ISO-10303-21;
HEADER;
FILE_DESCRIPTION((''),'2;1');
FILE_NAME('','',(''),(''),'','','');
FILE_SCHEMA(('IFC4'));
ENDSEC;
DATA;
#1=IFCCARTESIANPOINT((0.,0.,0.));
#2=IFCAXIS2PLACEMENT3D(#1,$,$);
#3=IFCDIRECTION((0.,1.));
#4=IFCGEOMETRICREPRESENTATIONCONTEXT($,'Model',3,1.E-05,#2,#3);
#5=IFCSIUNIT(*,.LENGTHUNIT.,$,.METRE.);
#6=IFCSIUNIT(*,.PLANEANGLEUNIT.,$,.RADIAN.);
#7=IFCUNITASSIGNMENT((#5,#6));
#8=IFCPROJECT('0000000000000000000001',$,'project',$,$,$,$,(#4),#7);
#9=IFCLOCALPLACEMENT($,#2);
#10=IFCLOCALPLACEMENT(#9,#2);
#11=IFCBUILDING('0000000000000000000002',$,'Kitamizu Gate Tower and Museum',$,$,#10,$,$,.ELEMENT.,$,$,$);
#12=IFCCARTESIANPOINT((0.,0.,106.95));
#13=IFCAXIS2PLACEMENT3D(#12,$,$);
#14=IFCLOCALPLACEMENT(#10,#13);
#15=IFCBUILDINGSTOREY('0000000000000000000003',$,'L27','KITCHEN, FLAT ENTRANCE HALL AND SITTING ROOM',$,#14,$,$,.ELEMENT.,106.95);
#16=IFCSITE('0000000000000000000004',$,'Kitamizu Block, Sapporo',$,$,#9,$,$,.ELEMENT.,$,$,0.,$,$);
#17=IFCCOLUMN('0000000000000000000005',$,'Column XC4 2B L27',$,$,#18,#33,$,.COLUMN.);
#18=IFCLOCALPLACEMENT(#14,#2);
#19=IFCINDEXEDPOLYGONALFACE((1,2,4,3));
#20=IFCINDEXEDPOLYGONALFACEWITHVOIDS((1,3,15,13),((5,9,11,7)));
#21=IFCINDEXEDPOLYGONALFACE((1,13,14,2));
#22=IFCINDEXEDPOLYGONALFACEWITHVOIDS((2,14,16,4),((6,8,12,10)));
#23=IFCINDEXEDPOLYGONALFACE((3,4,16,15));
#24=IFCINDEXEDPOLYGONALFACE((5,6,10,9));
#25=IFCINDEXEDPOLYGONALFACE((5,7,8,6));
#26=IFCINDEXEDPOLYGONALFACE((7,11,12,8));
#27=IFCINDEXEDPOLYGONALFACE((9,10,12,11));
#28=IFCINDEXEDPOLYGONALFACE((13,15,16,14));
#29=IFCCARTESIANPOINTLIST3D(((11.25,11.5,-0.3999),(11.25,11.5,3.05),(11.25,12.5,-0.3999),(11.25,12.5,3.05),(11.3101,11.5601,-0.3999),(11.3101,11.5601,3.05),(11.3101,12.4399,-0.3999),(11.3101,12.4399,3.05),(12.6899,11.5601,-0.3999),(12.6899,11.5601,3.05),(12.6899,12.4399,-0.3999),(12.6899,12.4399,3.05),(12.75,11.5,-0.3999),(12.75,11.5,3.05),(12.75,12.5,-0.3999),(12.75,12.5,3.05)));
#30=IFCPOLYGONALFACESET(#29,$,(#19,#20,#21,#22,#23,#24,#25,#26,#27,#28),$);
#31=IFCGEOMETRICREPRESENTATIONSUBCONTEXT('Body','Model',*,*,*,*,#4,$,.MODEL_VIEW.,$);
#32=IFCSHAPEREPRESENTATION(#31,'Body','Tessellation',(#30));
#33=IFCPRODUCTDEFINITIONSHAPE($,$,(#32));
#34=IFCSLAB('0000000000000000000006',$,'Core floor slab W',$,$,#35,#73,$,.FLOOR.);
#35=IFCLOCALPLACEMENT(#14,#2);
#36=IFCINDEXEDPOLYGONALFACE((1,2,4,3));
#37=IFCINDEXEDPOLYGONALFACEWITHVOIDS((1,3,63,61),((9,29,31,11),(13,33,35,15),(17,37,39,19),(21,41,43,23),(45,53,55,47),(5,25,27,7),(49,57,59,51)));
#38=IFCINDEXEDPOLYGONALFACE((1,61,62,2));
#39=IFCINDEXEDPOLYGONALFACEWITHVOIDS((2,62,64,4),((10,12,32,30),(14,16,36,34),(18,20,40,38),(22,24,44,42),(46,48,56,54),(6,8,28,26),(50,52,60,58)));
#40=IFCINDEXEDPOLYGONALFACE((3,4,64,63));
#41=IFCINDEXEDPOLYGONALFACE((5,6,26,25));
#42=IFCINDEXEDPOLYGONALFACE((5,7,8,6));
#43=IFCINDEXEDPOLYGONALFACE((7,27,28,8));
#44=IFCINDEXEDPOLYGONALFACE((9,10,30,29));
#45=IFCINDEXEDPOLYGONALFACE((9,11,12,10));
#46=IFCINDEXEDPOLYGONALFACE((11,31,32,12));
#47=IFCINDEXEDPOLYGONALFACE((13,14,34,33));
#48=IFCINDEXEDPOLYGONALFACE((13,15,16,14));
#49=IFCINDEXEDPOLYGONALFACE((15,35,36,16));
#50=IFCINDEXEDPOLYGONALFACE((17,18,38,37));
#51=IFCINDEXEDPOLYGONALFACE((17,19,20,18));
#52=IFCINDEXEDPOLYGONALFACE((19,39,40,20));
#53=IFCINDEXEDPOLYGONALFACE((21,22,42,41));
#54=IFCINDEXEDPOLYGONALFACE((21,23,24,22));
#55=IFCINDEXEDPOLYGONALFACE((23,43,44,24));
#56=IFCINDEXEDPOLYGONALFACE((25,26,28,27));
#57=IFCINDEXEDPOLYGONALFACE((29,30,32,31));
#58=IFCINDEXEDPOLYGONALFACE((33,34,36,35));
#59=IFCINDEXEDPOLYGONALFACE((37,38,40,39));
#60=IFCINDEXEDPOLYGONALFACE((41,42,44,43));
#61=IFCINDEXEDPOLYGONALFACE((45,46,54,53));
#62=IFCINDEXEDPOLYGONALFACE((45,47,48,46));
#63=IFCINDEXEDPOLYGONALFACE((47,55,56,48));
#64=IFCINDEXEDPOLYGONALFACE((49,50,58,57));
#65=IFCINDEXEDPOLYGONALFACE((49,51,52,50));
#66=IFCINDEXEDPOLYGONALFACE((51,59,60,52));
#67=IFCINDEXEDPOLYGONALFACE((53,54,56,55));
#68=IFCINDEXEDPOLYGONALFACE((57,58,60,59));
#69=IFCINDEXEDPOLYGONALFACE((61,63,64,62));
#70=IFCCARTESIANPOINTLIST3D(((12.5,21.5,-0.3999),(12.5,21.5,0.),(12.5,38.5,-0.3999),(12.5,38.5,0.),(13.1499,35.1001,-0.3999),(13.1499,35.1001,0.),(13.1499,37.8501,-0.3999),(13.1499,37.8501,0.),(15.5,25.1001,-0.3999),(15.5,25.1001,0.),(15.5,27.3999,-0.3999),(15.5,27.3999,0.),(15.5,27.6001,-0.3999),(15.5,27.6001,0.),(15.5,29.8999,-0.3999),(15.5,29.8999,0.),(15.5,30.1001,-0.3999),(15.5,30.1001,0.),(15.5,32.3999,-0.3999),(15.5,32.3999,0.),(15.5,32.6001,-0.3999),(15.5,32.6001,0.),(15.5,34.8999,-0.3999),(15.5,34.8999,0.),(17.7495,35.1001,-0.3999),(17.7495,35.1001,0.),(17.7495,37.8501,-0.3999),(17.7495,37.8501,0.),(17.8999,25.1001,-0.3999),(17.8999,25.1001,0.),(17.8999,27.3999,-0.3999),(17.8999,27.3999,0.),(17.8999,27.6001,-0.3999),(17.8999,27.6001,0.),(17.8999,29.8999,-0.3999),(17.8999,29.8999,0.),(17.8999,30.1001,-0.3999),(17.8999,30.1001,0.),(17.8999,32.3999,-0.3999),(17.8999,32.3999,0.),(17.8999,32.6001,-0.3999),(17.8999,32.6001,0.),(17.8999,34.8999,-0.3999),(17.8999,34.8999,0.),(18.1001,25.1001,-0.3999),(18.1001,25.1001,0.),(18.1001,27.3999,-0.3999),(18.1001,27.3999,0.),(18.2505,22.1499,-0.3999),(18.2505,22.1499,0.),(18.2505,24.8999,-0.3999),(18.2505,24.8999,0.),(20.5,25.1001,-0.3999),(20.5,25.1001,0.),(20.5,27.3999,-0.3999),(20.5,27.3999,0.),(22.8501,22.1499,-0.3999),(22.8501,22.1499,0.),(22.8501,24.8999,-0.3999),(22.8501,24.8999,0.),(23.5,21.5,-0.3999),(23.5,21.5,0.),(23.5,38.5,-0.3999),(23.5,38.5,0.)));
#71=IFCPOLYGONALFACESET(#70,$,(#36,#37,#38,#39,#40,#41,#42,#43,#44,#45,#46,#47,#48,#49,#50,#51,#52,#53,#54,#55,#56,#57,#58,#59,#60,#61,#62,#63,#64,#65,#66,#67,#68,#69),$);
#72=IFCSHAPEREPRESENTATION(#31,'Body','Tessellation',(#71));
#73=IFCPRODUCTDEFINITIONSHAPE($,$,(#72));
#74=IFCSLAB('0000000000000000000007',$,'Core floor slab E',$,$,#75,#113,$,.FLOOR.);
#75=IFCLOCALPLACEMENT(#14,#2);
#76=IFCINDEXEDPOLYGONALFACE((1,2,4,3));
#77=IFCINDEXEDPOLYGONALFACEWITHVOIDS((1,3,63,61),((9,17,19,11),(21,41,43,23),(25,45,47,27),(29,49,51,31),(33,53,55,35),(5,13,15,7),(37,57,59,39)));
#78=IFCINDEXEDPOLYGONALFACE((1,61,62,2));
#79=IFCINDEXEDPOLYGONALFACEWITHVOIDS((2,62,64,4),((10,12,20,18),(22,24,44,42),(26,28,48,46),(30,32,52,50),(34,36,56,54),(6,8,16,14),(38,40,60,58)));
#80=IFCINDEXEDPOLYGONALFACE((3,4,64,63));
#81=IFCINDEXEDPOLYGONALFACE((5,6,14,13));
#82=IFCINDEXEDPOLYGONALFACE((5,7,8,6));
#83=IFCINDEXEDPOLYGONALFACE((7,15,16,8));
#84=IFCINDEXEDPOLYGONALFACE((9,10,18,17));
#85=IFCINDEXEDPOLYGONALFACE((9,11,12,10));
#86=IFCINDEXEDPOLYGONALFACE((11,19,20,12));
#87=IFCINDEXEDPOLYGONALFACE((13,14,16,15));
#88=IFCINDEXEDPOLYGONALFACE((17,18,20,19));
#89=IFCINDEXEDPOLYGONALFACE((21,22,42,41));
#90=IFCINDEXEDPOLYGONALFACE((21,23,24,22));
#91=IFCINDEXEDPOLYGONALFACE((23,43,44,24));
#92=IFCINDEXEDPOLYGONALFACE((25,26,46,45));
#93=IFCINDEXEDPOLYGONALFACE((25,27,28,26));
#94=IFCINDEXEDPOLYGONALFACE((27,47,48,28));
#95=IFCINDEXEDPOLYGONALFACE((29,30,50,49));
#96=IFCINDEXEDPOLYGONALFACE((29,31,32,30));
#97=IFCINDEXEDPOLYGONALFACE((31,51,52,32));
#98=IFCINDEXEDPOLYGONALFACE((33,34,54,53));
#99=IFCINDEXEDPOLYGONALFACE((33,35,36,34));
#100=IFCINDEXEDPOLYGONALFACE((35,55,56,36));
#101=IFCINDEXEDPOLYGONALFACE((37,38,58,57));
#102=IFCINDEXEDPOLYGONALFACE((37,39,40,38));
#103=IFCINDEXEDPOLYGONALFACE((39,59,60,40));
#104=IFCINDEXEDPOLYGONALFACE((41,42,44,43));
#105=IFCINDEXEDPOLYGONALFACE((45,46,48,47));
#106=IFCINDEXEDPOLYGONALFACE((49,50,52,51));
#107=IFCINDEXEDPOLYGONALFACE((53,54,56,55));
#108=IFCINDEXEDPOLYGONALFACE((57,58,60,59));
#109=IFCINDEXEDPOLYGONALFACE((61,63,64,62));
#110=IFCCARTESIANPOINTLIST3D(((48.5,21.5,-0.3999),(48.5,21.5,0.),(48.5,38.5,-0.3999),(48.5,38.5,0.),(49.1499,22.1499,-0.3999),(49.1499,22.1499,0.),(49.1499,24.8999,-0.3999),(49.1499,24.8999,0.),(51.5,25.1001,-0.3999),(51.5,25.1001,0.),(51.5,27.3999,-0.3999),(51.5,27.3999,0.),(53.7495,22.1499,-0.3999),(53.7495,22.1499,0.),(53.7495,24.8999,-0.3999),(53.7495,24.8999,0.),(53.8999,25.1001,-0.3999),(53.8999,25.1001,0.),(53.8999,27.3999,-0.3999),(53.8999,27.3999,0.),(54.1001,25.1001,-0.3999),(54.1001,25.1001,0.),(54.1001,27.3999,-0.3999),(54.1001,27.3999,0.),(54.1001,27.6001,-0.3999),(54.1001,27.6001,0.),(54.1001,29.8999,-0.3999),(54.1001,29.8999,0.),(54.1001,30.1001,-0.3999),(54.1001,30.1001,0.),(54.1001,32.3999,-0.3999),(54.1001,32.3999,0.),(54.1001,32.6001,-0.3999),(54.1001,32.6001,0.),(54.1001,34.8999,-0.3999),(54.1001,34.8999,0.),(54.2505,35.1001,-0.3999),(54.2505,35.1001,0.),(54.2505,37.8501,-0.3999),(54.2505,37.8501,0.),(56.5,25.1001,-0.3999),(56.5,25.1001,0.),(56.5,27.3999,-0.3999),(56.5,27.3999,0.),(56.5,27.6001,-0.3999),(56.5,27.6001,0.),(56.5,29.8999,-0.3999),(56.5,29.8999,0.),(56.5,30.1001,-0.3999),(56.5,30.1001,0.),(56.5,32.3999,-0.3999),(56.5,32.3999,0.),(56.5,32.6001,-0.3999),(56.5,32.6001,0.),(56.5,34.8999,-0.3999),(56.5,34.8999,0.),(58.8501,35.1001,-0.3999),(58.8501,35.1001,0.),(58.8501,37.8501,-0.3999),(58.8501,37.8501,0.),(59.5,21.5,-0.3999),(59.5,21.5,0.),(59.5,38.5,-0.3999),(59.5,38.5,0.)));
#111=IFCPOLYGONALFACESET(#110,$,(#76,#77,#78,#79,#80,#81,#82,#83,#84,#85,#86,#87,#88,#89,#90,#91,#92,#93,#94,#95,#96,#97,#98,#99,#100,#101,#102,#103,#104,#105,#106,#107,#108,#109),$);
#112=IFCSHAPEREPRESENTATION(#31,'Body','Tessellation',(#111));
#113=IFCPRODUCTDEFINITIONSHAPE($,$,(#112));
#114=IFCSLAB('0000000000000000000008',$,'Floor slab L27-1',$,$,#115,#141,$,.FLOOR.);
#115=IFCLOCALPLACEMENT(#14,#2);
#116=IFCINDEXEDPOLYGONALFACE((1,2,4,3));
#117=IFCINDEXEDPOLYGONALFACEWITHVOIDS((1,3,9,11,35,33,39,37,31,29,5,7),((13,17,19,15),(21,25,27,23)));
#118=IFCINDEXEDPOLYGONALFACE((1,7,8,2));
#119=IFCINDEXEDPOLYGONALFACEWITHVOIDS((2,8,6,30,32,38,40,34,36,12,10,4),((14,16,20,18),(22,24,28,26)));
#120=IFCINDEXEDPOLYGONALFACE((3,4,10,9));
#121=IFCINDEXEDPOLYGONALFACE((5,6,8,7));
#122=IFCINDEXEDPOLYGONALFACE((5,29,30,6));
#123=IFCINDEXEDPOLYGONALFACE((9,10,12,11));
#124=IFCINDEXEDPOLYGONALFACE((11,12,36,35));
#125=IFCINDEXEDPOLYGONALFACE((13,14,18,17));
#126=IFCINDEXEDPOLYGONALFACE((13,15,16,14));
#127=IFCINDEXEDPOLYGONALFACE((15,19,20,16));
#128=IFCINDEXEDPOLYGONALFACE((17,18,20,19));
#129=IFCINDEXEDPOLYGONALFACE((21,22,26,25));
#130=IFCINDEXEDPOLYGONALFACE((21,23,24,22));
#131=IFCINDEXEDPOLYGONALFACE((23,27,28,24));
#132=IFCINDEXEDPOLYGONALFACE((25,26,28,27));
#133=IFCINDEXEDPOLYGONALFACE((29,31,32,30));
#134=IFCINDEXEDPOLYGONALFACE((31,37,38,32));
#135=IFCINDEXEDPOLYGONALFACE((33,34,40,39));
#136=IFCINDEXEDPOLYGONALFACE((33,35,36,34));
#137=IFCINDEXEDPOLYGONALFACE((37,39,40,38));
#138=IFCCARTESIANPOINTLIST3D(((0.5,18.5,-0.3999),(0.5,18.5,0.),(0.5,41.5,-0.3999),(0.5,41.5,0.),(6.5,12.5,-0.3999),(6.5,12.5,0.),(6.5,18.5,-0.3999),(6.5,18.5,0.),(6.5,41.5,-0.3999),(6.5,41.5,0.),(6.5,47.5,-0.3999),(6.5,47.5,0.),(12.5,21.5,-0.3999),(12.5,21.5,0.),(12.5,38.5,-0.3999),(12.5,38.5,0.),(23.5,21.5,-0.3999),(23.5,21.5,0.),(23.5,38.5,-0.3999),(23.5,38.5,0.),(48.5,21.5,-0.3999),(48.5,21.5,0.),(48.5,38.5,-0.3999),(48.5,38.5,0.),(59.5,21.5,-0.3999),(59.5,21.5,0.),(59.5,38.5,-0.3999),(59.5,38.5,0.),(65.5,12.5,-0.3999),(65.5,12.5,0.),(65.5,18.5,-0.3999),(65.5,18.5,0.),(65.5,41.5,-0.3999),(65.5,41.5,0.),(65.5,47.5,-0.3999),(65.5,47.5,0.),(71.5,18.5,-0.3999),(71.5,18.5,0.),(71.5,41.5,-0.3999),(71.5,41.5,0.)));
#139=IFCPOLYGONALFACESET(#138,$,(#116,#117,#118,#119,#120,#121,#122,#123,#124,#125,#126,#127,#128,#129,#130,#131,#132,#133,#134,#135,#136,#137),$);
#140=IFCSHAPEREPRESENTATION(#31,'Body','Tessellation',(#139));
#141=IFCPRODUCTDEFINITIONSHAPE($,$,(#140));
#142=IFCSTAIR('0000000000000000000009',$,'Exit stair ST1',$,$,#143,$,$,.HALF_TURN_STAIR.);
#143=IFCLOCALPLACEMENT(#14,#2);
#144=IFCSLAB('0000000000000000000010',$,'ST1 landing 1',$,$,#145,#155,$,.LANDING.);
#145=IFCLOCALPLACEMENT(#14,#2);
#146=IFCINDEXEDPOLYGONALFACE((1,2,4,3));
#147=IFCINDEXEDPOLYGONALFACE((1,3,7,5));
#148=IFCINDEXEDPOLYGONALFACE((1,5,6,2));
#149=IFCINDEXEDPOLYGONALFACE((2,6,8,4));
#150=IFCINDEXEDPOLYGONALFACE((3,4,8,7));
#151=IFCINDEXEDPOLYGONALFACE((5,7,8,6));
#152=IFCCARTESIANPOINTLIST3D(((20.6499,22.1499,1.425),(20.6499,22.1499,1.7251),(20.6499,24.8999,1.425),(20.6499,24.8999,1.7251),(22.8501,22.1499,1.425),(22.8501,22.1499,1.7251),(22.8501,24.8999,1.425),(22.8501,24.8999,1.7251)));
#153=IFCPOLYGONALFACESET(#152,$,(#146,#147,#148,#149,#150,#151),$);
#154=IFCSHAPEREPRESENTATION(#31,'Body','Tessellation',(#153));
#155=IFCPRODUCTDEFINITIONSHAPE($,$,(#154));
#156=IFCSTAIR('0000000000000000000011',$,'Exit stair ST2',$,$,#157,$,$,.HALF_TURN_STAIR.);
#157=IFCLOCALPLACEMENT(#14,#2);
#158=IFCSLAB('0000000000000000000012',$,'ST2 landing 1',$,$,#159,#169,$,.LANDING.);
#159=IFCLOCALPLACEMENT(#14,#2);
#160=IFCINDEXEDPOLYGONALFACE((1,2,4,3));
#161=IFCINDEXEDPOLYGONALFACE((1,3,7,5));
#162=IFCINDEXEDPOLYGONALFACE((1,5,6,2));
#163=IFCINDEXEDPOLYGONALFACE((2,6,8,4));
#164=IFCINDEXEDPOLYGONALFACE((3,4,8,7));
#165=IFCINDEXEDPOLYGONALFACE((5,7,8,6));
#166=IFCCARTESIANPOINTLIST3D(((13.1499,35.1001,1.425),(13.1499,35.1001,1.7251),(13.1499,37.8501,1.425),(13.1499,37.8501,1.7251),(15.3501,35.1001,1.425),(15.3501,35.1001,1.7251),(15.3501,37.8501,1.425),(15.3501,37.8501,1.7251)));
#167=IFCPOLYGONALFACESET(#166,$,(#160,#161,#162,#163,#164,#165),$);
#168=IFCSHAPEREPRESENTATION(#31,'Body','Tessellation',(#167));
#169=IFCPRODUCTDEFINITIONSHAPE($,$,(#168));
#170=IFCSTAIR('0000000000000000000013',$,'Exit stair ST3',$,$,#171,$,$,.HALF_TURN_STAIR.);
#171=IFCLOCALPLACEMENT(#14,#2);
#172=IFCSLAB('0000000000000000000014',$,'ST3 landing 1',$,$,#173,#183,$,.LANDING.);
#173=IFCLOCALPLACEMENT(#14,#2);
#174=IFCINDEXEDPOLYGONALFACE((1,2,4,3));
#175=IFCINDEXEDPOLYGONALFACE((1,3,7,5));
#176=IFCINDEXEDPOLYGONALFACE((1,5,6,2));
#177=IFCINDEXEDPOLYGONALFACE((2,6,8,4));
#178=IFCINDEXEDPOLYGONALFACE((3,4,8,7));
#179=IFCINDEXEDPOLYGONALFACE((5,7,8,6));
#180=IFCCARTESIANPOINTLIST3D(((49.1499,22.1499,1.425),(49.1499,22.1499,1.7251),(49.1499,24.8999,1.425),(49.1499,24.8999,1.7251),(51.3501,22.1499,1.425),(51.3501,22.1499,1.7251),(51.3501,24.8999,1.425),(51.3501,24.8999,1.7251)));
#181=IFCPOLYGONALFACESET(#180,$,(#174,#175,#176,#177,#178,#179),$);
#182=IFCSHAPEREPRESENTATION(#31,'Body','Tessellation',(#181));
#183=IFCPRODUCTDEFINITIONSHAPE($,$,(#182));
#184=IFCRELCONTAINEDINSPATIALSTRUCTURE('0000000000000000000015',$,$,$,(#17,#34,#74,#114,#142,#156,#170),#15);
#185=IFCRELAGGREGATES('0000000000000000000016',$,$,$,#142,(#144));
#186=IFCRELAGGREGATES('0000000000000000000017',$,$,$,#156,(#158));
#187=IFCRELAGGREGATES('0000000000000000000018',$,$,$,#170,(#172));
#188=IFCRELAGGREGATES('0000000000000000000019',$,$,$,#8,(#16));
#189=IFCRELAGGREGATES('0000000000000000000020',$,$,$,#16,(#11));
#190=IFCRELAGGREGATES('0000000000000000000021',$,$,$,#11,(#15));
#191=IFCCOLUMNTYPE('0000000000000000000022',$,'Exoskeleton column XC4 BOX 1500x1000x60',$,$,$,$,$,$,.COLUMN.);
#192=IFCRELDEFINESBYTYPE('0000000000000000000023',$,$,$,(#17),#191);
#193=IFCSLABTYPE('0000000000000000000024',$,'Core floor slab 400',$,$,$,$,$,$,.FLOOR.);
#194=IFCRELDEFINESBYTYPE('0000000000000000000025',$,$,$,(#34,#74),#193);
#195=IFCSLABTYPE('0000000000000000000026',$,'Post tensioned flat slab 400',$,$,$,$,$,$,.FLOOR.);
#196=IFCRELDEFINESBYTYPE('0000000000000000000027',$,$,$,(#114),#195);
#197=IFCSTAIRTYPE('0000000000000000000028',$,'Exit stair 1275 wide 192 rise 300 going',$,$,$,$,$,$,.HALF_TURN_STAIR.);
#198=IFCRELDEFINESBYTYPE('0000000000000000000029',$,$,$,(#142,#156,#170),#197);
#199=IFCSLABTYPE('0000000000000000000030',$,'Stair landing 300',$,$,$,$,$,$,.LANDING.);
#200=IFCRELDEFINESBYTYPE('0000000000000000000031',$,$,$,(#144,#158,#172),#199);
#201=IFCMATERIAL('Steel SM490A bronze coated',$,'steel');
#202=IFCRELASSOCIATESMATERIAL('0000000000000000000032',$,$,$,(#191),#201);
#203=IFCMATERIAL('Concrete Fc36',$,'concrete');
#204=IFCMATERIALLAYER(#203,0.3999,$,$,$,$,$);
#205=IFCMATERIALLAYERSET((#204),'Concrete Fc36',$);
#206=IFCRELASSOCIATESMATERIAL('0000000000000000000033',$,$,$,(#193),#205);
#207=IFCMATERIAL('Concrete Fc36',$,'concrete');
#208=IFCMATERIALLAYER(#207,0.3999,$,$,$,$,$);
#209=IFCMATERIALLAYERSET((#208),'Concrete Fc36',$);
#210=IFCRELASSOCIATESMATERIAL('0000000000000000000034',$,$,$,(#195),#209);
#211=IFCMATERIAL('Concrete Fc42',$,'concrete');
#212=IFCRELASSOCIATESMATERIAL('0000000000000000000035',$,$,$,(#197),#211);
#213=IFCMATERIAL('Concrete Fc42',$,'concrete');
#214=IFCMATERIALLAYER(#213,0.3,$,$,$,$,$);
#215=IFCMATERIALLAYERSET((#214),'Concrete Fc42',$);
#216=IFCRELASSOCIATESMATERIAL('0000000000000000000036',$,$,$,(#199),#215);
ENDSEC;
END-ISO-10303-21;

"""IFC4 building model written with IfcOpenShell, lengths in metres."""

from ifc_helpers import new_model, si_unit, direction, frame, origin, origin_2d, place, context, subcontext, project, spatial, polyline, hollow_rectangle, outline, extrude, material, layer, layer_set, material_profile, profile_set, type_object, element, aggregate, save


model = new_model("IFC4")

# Units and contexts
model_context = context("Model", 3, precision=1e-05, world=origin(), true_north=direction((0.0, 1.0)))
body_context = subcontext(model_context, "Body", "Model", "MODEL_VIEW")
ifc_project = project(units=[si_unit("LENGTHUNIT", "METRE"), si_unit("PLANEANGLEUNIT", "RADIAN")], contexts=[model_context])

# Site, building, storey
site_placement = place(None, origin())
site = spatial("IfcSite", under=ifc_project, at=site_placement, Name="Kitamizu Block, Sapporo", CompositionType="ELEMENT", RefElevation=0.0)
building_placement = place(site_placement, origin())
building = spatial("IfcBuilding", under=site, at=building_placement, Name="Kitamizu Gate Tower and Museum", CompositionType="ELEMENT")
storey_placement = place(building_placement, frame((0.0, 0.0, 106.95)))
storey = spatial("IfcBuildingStorey", under=building, at=storey_placement, Name="L27", Description="KITCHEN, FLAT ENTRANCE HALL AND SITTING ROOM", CompositionType="ELEMENT", Elevation=106.95)

# Column
ifc_material_1 = material(Name="Steel SM490A bronze coated", Category="steel")
ifc_material_profile = material_profile(ifc_material_1, hollow_rectangle(XDim=1.5, YDim=1.0, WallThickness=0.0601, at=origin_2d()), Name="BOX 1500x1000x60")
ifc_profile_set = profile_set([ifc_material_profile], Name="Steel SM490A bronze coated")
column_type = type_object("IfcColumnType", Name="Exoskeleton column XC4 BOX 1500x1000x60", PredefinedType="COLUMN", material=ifc_profile_set)
column_placement = place(storey_placement, frame((12.0, 12.0, -0.3999), z_axis=(0.0, 0.0, 1.0), x_axis=(1.0, 0.0, 0.0)))
element("IfcColumn", 1, at=column_placement, inside=storey, type_object=column_type, Name="Column XC4 2B L27", PredefinedType="COLUMN", context=body_context, shape_type="SweptSolid", body=[
    extrude(hollow_rectangle(XDim=1.5, YDim=1.0, WallThickness=0.0601, at=origin_2d()), origin(), (0.0, 0.0, 1.0), 3.45),
])

# Slabs
ifc_material_2 = material(Name="Concrete Fc36", Category="concrete")
ifc_layer_1 = layer(ifc_material_2, 0.3999)
ifc_layer_set_1 = layer_set([ifc_layer_1], Name="Concrete Fc36")
slab_type_1 = type_object("IfcSlabType", Name="Core floor slab 400", PredefinedType="FLOOR", material=ifc_layer_set_1)
slab_1_placement = place(storey_placement, frame((0.0, 0.0, -0.3999)))
element("IfcSlab", 2, at=slab_1_placement, inside=storey, type_object=slab_type_1, Name="Core floor slab W", PredefinedType="FLOOR", context=body_context, shape_type="SweptSolid", body=[
    extrude(outline(polyline([(12.5, 21.5), (23.5, 21.5), (23.5, 38.5), (12.5, 38.5), (12.5, 21.5)]), holes=[polyline([(15.5, 25.1001), (17.8999, 25.1001), (17.8999, 27.3999), (15.5, 27.3999), (15.5, 25.1001)]), polyline([(15.5, 27.6001), (17.8999, 27.6001), (17.8999, 29.8999), (15.5, 29.8999), (15.5, 27.6001)]), polyline([(15.5, 30.1001), (17.8999, 30.1001), (17.8999, 32.3999), (15.5, 32.3999), (15.5, 30.1001)]), polyline([(15.5, 32.6001), (17.8999, 32.6001), (17.8999, 34.8999), (15.5, 34.8999), (15.5, 32.6001)]), polyline([(18.1001, 25.1001), (20.5, 25.1001), (20.5, 27.3999), (18.1001, 27.3999), (18.1001, 25.1001)]), polyline([(18.2505, 22.1499), (22.8501, 22.1499), (22.8501, 24.8999), (18.2505, 24.8999), (18.2505, 22.1499)]), polyline([(13.1499, 35.1001), (17.7495, 35.1001), (17.7495, 37.8501), (13.1499, 37.8501), (13.1499, 35.1001)])]), origin(), (0.0, 0.0, 1.0), 0.3999),
])
slab_2_placement = place(storey_placement, frame((0.0, 0.0, -0.3999)))
element("IfcSlab", 3, at=slab_2_placement, inside=storey, type_object=slab_type_1, Name="Core floor slab E", PredefinedType="FLOOR", context=body_context, shape_type="SweptSolid", body=[
    extrude(outline(polyline([(48.5, 21.5), (59.5, 21.5), (59.5, 38.5), (48.5, 38.5), (48.5, 21.5)]), holes=[polyline([(54.1001, 25.1001), (56.5, 25.1001), (56.5, 27.3999), (54.1001, 27.3999), (54.1001, 25.1001)]), polyline([(54.1001, 27.6001), (56.5, 27.6001), (56.5, 29.8999), (54.1001, 29.8999), (54.1001, 27.6001)]), polyline([(54.1001, 30.1001), (56.5, 30.1001), (56.5, 32.3999), (54.1001, 32.3999), (54.1001, 30.1001)]), polyline([(54.1001, 32.6001), (56.5, 32.6001), (56.5, 34.8999), (54.1001, 34.8999), (54.1001, 32.6001)]), polyline([(51.5, 25.1001), (53.8999, 25.1001), (53.8999, 27.3999), (51.5, 27.3999), (51.5, 25.1001)]), polyline([(49.1499, 22.1499), (53.7495, 22.1499), (53.7495, 24.8999), (49.1499, 24.8999), (49.1499, 22.1499)]), polyline([(54.2505, 35.1001), (58.8501, 35.1001), (58.8501, 37.8501), (54.2505, 37.8501), (54.2505, 35.1001)])]), origin(), (0.0, 0.0, 1.0), 0.3999),
])
ifc_material_3 = material(Name="Concrete Fc36", Category="concrete")
ifc_layer_2 = layer(ifc_material_3, 0.3999)
ifc_layer_set_2 = layer_set([ifc_layer_2], Name="Concrete Fc36")
slab_type_2 = type_object("IfcSlabType", Name="Post tensioned flat slab 400", PredefinedType="FLOOR", material=ifc_layer_set_2)
slab_3_placement = place(storey_placement, frame((0.0, 0.0, -0.3999)))
element("IfcSlab", 4, at=slab_3_placement, inside=storey, type_object=slab_type_2, Name="Floor slab L27-1", PredefinedType="FLOOR", context=body_context, shape_type="SweptSolid", body=[
    extrude(outline(polyline([(0.5, 18.5), (0.5, 41.5), (6.5, 41.5), (6.5, 47.5), (65.5, 47.5), (65.5, 41.5), (71.5, 41.5), (71.5, 18.5), (65.5, 18.5), (65.5, 12.5), (6.5, 12.5), (6.5, 18.5), (0.5, 18.5)]), holes=[polyline([(59.5, 38.5), (48.5, 38.5), (48.5, 21.5), (59.5, 21.5), (59.5, 38.5)]), polyline([(12.5, 38.5), (12.5, 21.5), (23.5, 21.5), (23.5, 38.5), (12.5, 38.5)])]), origin(), (0.0, 0.0, 1.0), 0.3999),
])

# Stairs, slabs
ifc_material_4 = material(Name="Concrete Fc42", Category="concrete")
stair_type = type_object("IfcStairType", Name="Exit stair 1275 wide 192 rise 300 going", PredefinedType="HALF_TURN_STAIR", material=ifc_material_4)
stair_1_placement = place(storey_placement, origin())
stair_1 = element("IfcStair", 5, at=stair_1_placement, inside=storey, type_object=stair_type, Name="Exit stair ST1", PredefinedType="HALF_TURN_STAIR")
ifc_material_5 = material(Name="Concrete Fc42", Category="concrete")
ifc_layer_3 = layer(ifc_material_5, 0.3)
ifc_layer_set_3 = layer_set([ifc_layer_3], Name="Concrete Fc42")
slab_type_3 = type_object("IfcSlabType", Name="Stair landing 300", PredefinedType="LANDING", material=ifc_layer_set_3)
slab_4_placement = place(storey_placement, frame((0.0, 0.0, 1.425)))
slab_4 = element("IfcSlab", 6, at=slab_4_placement, type_object=slab_type_3, Name="ST1 landing 1", PredefinedType="LANDING", context=body_context, shape_type="SweptSolid", body=[
    extrude(outline(polyline([(20.6499, 22.1499), (22.8501, 22.1499), (22.8501, 24.8999), (20.6499, 24.8999), (20.6499, 22.1499)])), origin(), (0.0, 0.0, 1.0), 0.3),
])
aggregate(stair_1, [slab_4])
stair_2_placement = place(storey_placement, origin())
stair_2 = element("IfcStair", 7, at=stair_2_placement, inside=storey, type_object=stair_type, Name="Exit stair ST2", PredefinedType="HALF_TURN_STAIR")
slab_5_placement = place(storey_placement, frame((0.0, 0.0, 1.425)))
slab_5 = element("IfcSlab", 8, at=slab_5_placement, type_object=slab_type_3, Name="ST2 landing 1", PredefinedType="LANDING", context=body_context, shape_type="SweptSolid", body=[
    extrude(outline(polyline([(13.1499, 35.1001), (15.3501, 35.1001), (15.3501, 37.8501), (13.1499, 37.8501), (13.1499, 35.1001)])), origin(), (0.0, 0.0, 1.0), 0.3),
])
aggregate(stair_2, [slab_5])
stair_3_placement = place(storey_placement, origin())
stair_3 = element("IfcStair", 9, at=stair_3_placement, inside=storey, type_object=stair_type, Name="Exit stair ST3", PredefinedType="HALF_TURN_STAIR")
slab_6_placement = place(storey_placement, frame((0.0, 0.0, 1.425)))
slab_6 = element("IfcSlab", 10, at=slab_6_placement, type_object=slab_type_3, Name="ST3 landing 1", PredefinedType="LANDING", context=body_context, shape_type="SweptSolid", body=[
    extrude(outline(polyline([(49.1499, 22.1499), (51.3501, 22.1499), (51.3501, 24.8999), (49.1499, 24.8999), (49.1499, 22.1499)])), origin(), (0.0, 0.0, 1.0), 0.3),
])
aggregate(stair_3, [slab_6])

save(model, "model.ifc")
